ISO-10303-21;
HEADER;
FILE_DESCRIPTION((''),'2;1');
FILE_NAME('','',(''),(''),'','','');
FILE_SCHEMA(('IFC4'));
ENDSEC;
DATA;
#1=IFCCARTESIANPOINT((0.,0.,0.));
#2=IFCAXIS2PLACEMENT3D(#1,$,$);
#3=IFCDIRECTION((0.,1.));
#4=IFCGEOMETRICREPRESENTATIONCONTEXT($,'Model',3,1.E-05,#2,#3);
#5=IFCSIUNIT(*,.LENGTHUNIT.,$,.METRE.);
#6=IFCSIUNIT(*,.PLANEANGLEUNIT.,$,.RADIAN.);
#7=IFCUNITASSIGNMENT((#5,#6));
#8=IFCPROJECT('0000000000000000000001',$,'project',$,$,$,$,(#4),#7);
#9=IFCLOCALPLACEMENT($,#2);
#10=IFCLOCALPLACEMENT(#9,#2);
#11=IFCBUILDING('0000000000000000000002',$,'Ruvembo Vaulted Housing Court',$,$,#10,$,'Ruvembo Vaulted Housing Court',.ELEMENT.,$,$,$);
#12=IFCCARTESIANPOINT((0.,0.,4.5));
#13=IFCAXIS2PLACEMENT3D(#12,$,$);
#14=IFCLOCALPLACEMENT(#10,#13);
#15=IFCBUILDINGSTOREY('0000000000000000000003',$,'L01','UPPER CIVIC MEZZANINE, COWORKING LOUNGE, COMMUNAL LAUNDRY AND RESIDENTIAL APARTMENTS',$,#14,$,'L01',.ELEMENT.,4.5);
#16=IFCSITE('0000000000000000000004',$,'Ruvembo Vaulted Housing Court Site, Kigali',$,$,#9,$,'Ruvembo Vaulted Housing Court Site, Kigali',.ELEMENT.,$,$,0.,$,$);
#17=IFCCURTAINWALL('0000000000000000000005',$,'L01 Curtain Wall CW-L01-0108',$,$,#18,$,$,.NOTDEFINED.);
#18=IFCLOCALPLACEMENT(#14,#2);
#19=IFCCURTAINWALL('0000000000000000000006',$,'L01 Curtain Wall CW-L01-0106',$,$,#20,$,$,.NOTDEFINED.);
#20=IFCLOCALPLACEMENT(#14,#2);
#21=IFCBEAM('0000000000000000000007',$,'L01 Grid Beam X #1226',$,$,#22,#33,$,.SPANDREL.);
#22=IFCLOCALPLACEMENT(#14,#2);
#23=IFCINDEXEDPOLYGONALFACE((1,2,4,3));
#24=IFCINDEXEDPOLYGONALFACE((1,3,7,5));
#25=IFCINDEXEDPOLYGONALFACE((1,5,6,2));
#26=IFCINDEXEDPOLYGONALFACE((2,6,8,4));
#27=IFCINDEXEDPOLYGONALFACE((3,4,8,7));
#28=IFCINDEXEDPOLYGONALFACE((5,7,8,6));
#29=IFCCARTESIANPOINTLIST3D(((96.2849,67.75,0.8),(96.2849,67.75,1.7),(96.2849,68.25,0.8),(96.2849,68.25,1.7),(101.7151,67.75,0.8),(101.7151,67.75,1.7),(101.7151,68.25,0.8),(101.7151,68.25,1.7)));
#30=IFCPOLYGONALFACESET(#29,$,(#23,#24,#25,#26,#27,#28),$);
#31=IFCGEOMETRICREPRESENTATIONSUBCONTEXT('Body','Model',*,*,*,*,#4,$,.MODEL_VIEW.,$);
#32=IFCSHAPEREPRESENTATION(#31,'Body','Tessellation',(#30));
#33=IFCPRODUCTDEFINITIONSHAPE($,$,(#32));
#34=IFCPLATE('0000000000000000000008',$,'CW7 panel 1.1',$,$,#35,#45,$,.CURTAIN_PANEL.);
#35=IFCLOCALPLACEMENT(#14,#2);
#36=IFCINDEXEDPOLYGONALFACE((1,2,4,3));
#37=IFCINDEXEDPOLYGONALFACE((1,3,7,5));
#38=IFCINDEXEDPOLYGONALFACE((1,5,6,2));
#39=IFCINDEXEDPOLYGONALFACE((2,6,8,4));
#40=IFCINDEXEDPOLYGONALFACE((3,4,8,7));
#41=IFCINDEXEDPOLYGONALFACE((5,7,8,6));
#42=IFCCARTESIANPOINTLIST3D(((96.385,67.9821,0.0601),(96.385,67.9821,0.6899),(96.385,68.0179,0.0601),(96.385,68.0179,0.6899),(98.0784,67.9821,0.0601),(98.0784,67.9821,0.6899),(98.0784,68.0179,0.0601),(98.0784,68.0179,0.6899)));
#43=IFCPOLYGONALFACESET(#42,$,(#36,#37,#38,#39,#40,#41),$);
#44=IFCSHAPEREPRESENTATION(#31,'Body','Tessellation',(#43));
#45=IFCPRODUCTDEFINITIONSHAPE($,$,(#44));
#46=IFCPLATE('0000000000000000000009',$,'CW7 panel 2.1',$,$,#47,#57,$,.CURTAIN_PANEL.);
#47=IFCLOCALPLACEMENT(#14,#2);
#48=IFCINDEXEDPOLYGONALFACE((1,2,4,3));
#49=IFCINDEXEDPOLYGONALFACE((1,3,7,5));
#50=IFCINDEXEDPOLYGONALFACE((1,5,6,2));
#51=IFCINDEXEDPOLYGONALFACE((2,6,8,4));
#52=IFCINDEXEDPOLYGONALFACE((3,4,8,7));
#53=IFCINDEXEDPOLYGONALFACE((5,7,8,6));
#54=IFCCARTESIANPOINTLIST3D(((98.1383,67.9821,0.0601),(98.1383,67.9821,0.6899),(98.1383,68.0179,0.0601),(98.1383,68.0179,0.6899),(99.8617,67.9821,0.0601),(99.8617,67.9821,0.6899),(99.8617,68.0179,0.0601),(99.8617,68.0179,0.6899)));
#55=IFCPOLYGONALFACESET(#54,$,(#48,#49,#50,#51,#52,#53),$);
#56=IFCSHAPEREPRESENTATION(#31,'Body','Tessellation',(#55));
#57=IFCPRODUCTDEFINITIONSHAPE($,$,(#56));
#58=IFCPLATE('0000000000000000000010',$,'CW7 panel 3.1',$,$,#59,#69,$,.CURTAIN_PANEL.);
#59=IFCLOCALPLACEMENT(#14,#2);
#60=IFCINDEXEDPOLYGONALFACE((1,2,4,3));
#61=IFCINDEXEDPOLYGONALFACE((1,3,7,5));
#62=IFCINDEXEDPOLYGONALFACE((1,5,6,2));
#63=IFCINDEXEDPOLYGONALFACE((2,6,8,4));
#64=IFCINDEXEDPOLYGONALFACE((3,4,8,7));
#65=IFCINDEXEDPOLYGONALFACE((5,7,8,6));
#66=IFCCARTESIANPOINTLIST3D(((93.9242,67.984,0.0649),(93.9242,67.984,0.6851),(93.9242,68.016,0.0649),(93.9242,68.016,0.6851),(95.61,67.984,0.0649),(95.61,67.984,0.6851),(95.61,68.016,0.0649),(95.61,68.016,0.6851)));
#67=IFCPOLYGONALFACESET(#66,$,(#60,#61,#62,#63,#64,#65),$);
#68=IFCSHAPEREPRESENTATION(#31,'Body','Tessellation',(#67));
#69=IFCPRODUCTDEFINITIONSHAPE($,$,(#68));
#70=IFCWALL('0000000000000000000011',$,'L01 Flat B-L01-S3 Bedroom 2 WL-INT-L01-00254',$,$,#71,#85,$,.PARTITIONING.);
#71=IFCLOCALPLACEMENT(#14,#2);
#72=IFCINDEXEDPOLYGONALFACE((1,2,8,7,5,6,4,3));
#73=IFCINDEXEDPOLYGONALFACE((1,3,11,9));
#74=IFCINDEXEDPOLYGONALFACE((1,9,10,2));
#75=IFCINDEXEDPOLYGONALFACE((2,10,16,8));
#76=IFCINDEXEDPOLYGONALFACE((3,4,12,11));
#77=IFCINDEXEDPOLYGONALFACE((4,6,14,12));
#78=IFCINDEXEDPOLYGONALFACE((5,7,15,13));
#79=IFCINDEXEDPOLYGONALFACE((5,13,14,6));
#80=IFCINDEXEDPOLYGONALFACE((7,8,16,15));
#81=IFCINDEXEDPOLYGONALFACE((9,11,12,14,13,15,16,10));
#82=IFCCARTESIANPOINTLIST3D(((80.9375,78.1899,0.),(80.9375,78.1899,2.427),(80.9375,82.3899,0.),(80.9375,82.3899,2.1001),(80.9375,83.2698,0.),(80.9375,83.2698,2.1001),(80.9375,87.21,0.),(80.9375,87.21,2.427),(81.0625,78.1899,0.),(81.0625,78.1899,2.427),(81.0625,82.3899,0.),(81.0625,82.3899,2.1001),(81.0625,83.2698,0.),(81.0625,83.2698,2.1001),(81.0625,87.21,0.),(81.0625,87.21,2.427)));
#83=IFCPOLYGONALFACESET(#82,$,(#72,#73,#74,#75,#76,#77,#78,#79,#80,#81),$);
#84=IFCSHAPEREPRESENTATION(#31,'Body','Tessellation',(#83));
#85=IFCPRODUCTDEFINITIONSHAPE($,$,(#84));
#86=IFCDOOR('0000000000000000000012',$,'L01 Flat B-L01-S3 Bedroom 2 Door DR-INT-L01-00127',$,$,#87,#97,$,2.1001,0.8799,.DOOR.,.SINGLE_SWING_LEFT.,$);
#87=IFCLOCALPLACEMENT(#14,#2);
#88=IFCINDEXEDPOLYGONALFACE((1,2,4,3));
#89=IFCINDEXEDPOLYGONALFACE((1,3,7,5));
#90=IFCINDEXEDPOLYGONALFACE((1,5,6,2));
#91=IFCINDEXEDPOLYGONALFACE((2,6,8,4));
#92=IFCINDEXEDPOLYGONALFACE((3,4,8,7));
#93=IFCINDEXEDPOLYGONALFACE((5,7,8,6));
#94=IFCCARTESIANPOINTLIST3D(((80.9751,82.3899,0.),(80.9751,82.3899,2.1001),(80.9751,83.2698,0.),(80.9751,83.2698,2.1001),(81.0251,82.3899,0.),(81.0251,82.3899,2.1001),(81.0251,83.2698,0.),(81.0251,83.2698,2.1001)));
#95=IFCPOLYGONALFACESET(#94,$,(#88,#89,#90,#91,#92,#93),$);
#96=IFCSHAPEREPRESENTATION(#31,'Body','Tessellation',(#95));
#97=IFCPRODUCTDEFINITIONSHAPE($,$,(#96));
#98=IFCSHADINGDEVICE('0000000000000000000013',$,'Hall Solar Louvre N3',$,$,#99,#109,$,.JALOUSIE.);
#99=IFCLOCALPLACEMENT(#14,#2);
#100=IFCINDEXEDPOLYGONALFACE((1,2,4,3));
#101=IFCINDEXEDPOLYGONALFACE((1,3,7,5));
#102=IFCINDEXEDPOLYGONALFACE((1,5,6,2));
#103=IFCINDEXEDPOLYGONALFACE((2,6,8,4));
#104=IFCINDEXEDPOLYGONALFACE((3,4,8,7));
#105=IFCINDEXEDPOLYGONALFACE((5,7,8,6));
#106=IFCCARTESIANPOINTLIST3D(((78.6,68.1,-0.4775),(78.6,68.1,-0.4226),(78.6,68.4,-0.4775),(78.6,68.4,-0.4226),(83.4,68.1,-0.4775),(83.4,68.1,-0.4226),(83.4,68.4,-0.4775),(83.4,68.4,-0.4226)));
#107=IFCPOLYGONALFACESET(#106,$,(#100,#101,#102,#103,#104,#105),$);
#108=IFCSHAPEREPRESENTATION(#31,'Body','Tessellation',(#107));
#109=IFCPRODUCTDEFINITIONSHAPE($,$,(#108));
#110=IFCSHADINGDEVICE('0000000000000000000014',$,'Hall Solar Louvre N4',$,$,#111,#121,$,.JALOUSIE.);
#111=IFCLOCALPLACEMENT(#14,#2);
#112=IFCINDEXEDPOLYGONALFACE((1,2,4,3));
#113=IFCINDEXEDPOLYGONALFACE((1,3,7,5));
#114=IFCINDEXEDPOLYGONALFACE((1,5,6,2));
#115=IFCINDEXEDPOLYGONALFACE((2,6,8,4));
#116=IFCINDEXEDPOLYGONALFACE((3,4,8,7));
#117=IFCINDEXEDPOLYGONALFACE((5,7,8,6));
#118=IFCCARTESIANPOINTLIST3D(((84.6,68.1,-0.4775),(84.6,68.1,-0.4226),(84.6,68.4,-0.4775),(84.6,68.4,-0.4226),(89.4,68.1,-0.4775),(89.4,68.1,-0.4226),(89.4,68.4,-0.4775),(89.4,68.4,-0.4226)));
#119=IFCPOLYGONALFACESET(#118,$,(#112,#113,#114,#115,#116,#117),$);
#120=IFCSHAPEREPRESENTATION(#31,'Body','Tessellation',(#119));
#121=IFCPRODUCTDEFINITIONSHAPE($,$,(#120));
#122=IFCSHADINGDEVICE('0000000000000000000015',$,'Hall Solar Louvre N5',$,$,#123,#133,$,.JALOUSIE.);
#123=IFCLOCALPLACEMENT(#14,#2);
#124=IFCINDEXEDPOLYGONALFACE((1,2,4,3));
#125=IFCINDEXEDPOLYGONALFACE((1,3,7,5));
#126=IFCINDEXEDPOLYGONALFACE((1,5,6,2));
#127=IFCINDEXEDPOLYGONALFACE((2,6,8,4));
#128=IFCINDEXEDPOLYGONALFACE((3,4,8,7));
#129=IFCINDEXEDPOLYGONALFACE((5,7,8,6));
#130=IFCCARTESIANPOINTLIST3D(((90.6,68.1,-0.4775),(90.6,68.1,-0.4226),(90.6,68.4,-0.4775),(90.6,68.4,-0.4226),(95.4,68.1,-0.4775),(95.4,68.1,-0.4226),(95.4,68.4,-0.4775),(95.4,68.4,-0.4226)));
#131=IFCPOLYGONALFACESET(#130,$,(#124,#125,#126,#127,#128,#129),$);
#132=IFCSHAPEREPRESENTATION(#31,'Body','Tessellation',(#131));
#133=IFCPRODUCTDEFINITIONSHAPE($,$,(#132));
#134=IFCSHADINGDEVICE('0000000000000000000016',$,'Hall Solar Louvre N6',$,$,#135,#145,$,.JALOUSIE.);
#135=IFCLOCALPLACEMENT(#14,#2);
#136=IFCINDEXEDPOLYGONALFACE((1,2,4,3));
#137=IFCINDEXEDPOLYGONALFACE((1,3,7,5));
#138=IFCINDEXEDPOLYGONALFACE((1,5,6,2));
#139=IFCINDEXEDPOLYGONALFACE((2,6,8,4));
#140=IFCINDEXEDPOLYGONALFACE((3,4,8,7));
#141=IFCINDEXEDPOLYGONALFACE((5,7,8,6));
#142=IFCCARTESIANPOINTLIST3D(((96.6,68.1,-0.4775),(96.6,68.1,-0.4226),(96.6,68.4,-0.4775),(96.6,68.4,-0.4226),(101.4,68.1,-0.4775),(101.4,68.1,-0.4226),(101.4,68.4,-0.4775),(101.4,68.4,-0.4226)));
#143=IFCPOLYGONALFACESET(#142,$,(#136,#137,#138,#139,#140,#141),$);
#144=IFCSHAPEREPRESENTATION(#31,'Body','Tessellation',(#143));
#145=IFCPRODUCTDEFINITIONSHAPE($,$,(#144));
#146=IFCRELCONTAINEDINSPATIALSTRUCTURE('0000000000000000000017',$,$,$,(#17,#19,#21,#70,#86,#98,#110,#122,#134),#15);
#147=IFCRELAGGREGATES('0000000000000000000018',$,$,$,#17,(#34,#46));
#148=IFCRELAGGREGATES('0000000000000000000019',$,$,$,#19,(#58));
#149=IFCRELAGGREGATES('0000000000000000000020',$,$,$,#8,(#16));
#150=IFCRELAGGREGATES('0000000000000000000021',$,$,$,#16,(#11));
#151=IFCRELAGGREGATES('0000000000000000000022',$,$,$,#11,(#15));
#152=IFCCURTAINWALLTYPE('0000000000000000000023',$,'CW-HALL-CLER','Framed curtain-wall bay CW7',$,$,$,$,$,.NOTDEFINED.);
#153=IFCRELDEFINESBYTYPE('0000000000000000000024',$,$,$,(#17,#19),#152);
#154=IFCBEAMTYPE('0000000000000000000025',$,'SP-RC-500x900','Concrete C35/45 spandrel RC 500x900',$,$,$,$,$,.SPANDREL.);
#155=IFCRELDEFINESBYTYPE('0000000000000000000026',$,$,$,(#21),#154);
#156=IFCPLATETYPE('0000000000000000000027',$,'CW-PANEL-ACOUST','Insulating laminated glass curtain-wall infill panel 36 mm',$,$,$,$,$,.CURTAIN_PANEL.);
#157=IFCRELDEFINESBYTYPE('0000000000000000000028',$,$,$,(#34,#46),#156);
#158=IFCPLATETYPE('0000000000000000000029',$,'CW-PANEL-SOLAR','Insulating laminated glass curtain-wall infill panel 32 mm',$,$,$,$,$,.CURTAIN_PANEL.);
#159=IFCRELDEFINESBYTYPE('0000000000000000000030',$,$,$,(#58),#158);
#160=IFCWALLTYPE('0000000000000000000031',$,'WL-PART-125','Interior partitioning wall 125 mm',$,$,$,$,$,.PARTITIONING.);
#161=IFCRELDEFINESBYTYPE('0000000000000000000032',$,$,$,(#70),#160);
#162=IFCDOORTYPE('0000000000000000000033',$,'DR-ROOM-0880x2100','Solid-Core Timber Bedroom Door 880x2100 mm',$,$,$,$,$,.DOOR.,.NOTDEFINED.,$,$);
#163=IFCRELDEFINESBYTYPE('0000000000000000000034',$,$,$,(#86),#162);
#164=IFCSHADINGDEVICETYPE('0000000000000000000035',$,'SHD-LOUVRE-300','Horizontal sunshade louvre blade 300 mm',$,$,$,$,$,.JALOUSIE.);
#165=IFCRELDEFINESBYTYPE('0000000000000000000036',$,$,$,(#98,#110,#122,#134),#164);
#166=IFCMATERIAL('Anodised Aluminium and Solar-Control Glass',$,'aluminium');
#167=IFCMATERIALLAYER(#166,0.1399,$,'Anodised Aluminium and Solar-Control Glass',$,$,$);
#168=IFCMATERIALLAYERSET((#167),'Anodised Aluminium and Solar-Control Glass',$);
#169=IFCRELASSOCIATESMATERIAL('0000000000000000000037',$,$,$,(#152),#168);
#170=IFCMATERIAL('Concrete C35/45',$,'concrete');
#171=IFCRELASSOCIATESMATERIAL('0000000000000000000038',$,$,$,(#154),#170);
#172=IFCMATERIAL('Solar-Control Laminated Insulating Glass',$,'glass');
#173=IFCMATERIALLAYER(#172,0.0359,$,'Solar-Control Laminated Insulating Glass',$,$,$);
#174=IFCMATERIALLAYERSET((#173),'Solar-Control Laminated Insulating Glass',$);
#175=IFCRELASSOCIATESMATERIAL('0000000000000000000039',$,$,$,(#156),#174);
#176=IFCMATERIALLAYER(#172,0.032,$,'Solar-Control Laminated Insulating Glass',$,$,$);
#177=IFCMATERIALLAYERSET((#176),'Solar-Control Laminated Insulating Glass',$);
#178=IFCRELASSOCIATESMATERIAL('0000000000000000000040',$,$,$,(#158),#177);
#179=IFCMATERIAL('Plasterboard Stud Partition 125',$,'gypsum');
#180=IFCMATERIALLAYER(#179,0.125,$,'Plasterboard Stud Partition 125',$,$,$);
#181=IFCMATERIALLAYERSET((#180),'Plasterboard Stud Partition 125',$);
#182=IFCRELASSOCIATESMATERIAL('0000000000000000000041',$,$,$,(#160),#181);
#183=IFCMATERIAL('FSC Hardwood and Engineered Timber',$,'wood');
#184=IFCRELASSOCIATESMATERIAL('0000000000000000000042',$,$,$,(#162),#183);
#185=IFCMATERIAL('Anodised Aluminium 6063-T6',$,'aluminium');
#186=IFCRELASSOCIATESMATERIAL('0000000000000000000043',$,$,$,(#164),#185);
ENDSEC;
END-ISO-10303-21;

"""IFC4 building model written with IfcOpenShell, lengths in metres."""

from ifc_helpers import new_model, si_unit, direction, frame, frame_2d, origin, origin_2d, place, context, subcontext, project, spatial, rectangle, extrude, material, layer, layer_set, material_profile, profile_set, type_object, element, fill, aggregate, save


model = new_model("IFC4")

# Units and contexts
model_context = context("Model", 3, precision=1e-05, world=origin(), true_north=direction((0.0, 1.0)))
body_context = subcontext(model_context, "Body", "Model", "MODEL_VIEW")
ifc_project = project(units=[si_unit("LENGTHUNIT", "METRE"), si_unit("PLANEANGLEUNIT", "RADIAN")], contexts=[model_context])

# Site, building, storey
site_placement = place(None, origin())
site = spatial("IfcSite", under=ifc_project, at=site_placement, Name="Ruvembo Vaulted Housing Court Site, Kigali", LongName="Ruvembo Vaulted Housing Court Site, Kigali", CompositionType="ELEMENT", RefElevation=0.0)
building_placement = place(site_placement, origin())
building = spatial("IfcBuilding", under=site, at=building_placement, Name="Ruvembo Vaulted Housing Court", LongName="Ruvembo Vaulted Housing Court", CompositionType="ELEMENT")
storey_placement = place(building_placement, frame((0.0, 0.0, 4.5)))
storey = spatial("IfcBuildingStorey", under=building, at=storey_placement, Name="L01", Description="UPPER CIVIC MEZZANINE, COWORKING LOUNGE, COMMUNAL LAUNDRY AND RESIDENTIAL APARTMENTS", LongName="L01", CompositionType="ELEMENT", Elevation=4.5)

# Curtain wall
ifc_material_1 = material(Name="Anodised Aluminium and Solar-Control Glass", Category="aluminium")
ifc_layer_1 = layer(ifc_material_1, 0.1399, Name="Anodised Aluminium and Solar-Control Glass")
ifc_layer_set_1 = layer_set([ifc_layer_1], Name="Anodised Aluminium and Solar-Control Glass")
curtain_wall_type = type_object("IfcCurtainWallType", Name="CW-HALL-CLER", Description="Framed curtain-wall bay CW7", PredefinedType="NOTDEFINED", material=ifc_layer_set_1)
curtain_wall_1_placement = place(storey_placement, origin())
curtain_wall_1 = element("IfcCurtainWall", 1, at=curtain_wall_1_placement, inside=storey, type_object=curtain_wall_type, Name="L01 Curtain Wall CW-L01-0108", PredefinedType="NOTDEFINED")
ifc_material_2 = material(Name="Anodised Aluminium 6063-T6", Category="aluminium")

# Curtain wall
curtain_wall_2_placement = place(storey_placement, origin())
curtain_wall_2 = element("IfcCurtainWall", 2, at=curtain_wall_2_placement, inside=storey, type_object=curtain_wall_type, Name="L01 Curtain Wall CW-L01-0106", PredefinedType="NOTDEFINED")

# Beam
ifc_material_3 = material(Name="Concrete C35/45", Category="concrete")
ifc_material_profile_1 = material_profile(ifc_material_3, rectangle(XDim=0.5, YDim=0.8999, at=origin_2d()), Name="RC 500x900")
ifc_profile_set_1 = profile_set([ifc_material_profile_1], Name="Concrete C35/45")
beam_type_1 = type_object("IfcBeamType", Name="SP-RC-500x900", Description="Concrete C35/45 spandrel RC 500x900", PredefinedType="SPANDREL", material=ifc_profile_set_1)
beam_1_placement = place(storey_placement, frame((96.2849, 68.0, 1.25), z_axis=(1.0, 0.0, 0.0), x_axis=(0.0, 1.0, 0.0)))
element("IfcBeam", 3, at=beam_1_placement, inside=storey, type_object=beam_type_1, Name="L01 Grid Beam X #1226", PredefinedType="SPANDREL", context=body_context, shape_type="SweptSolid", body=[
    extrude(rectangle(XDim=0.5, YDim=0.8999, at=origin_2d()), origin(), (0.0, 0.0, 1.0), 5.4302),
])

# Plates
ifc_material_4 = material(Name="Solar-Control Laminated Insulating Glass", Category="glass")
ifc_layer_2 = layer(ifc_material_4, 0.0359, Name="Solar-Control Laminated Insulating Glass")
ifc_layer_set_2 = layer_set([ifc_layer_2], Name="Solar-Control Laminated Insulating Glass")
plate_type_1 = type_object("IfcPlateType", Name="CW-PANEL-ACOUST", Description="Insulating laminated glass curtain-wall infill panel 36 mm", PredefinedType="CURTAIN_PANEL", material=ifc_layer_set_2)
plate_1_placement = place(storey_placement, frame((97.2317, 68.0, 0.0601), z_axis=(0.0, 0.0, 1.0), x_axis=(1.0, 0.0, 0.0)))
plate_1 = element("IfcPlate", 4, at=plate_1_placement, type_object=plate_type_1, Name="CW7 panel 1.1", PredefinedType="CURTAIN_PANEL", context=body_context, shape_type="SweptSolid", body=[
    extrude(rectangle(XDim=1.6934, YDim=0.0359, at=origin_2d()), origin(), (0.0, 0.0, 1.0), 0.6299),
])
plate_2_placement = place(storey_placement, frame((99.0, 68.0, 0.0601), z_axis=(0.0, 0.0, 1.0), x_axis=(1.0, 0.0, 0.0)))
plate_2 = element("IfcPlate", 5, at=plate_2_placement, type_object=plate_type_1, Name="CW7 panel 2.1", PredefinedType="CURTAIN_PANEL", context=body_context, shape_type="SweptSolid", body=[
    extrude(rectangle(XDim=1.7234, YDim=0.0359, at=origin_2d()), origin(), (0.0, 0.0, 1.0), 0.6299),
])
aggregate(curtain_wall_1, [plate_1, plate_2])
ifc_layer_3 = layer(ifc_material_4, 0.032, Name="Solar-Control Laminated Insulating Glass")
ifc_layer_set_3 = layer_set([ifc_layer_3], Name="Solar-Control Laminated Insulating Glass")
plate_type_2 = type_object("IfcPlateType", Name="CW-PANEL-SOLAR", Description="Insulating laminated glass curtain-wall infill panel 32 mm", PredefinedType="CURTAIN_PANEL", material=ifc_layer_set_3)
plate_3_placement = place(storey_placement, frame((94.7671, 68.0, 0.0649), z_axis=(0.0, 0.0, 1.0), x_axis=(1.0, 0.0, 0.0)))
plate_3 = element("IfcPlate", 6, at=plate_3_placement, type_object=plate_type_2, Name="CW7 panel 3.1", PredefinedType="CURTAIN_PANEL", context=body_context, shape_type="SweptSolid", body=[
    extrude(rectangle(XDim=1.6858, YDim=0.032, at=origin_2d()), origin(), (0.0, 0.0, 1.0), 0.6201),
])
aggregate(curtain_wall_2, [plate_3])

# Wall, opening, door
ifc_material_5 = material(Name="Plasterboard Stud Partition 125", Category="gypsum")
ifc_layer_4 = layer(ifc_material_5, 0.125, Name="Plasterboard Stud Partition 125")
ifc_layer_set_4 = layer_set([ifc_layer_4], Name="Plasterboard Stud Partition 125")
wall_type = type_object("IfcWallType", Name="WL-PART-125", Description="Interior partitioning wall 125 mm", PredefinedType="PARTITIONING", material=ifc_layer_set_4)
wall_placement = place(storey_placement, frame((81.0, 78.1899, 0.0), z_axis=(0.0, 0.0, 1.0), x_axis=(0.0, 1.0, 0.0)))
wall = element("IfcWall", 7, at=wall_placement, inside=storey, type_object=wall_type, Name="L01 Flat B-L01-S3 Bedroom 2 WL-INT-L01-00254", PredefinedType="PARTITIONING", context=body_context, shape_type="SweptSolid", body=[
    extrude(rectangle(XDim=9.02, YDim=0.125, at=frame_2d((4.51, 0.0))), origin(), (0.0, 0.0, 1.0), 2.427),
])
opening_placement = place(wall_placement, frame((4.2, 0.0, 0.0)))
opening = element("IfcOpeningElement", 8, at=opening_placement, cuts=wall, PredefinedType="OPENING", context=body_context, shape_type="SweptSolid", body=[
    extrude(rectangle(XDim=0.8799, YDim=2.1001, at=frame_2d((0.4399, 1.05))), frame((0.0, 0.0725, 0.0), z_axis=(0.0, -1.0, 0.0), x_axis=(1.0, 0.0, 0.0)), (0.0, 0.0, 1.0), 0.145),
])
ifc_material_6 = material(Name="FSC Hardwood and Engineered Timber", Category="wood")
door_type = type_object("IfcDoorType", Name="DR-ROOM-0880x2100", Description="Solid-Core Timber Bedroom Door 880x2100 mm", OperationType="NOTDEFINED", PredefinedType="DOOR", material=ifc_material_6)
door_placement = place(opening_placement, origin())
door = element("IfcDoor", 9, at=door_placement, inside=storey, type_object=door_type, Name="L01 Flat B-L01-S3 Bedroom 2 Door DR-INT-L01-00127", OperationType="SINGLE_SWING_LEFT", OverallHeight=2.1001, OverallWidth=0.8799, PredefinedType="DOOR", context=body_context, shape_type="SweptSolid", body=[
    extrude(rectangle(XDim=0.8799, YDim=2.1001, at=frame_2d((0.4399, 1.05))), frame((0.0, 0.0249, 0.0), z_axis=(0.0, -1.0, 0.0), x_axis=(1.0, 0.0, 0.0)), (0.0, 0.0, 1.0), 0.05),
])
fill(opening, door)

# Shading devices
shading_device_type = type_object("IfcShadingDeviceType", Name="SHD-LOUVRE-300", Description="Horizontal sunshade louvre blade 300 mm", PredefinedType="JALOUSIE", material=ifc_material_2)
for number, where, z_axis, x_axis, name in (
    (10, (81.0, 68.25, -0.4775), (0.0, 0.0, 1.0), (1.0, 0.0, 0.0), "Hall Solar Louvre N3"),
    (11, (87.0, 68.25, -0.4775), (0.0, 0.0, 1.0), (1.0, 0.0, 0.0), "Hall Solar Louvre N4"),
    (12, (93.0, 68.25, -0.4775), (0.0, 0.0, 1.0), (1.0, 0.0, 0.0), "Hall Solar Louvre N5"),
    (13, (99.0, 68.25, -0.4775), (0.0, 0.0, 1.0), (1.0, 0.0, 0.0), "Hall Solar Louvre N6"),
):
    element("IfcShadingDevice", number, at=place(storey_placement, frame(where, z_axis=z_axis, x_axis=x_axis)), inside=storey, type_object=shading_device_type, Name=name, PredefinedType="JALOUSIE", context=body_context, shape_type="SweptSolid", body=[
        extrude(rectangle(XDim=4.8, YDim=0.3, at=origin_2d()), origin(), (0.0, 0.0, 1.0), 0.0549),
    ])

save(model, "model.ifc")
